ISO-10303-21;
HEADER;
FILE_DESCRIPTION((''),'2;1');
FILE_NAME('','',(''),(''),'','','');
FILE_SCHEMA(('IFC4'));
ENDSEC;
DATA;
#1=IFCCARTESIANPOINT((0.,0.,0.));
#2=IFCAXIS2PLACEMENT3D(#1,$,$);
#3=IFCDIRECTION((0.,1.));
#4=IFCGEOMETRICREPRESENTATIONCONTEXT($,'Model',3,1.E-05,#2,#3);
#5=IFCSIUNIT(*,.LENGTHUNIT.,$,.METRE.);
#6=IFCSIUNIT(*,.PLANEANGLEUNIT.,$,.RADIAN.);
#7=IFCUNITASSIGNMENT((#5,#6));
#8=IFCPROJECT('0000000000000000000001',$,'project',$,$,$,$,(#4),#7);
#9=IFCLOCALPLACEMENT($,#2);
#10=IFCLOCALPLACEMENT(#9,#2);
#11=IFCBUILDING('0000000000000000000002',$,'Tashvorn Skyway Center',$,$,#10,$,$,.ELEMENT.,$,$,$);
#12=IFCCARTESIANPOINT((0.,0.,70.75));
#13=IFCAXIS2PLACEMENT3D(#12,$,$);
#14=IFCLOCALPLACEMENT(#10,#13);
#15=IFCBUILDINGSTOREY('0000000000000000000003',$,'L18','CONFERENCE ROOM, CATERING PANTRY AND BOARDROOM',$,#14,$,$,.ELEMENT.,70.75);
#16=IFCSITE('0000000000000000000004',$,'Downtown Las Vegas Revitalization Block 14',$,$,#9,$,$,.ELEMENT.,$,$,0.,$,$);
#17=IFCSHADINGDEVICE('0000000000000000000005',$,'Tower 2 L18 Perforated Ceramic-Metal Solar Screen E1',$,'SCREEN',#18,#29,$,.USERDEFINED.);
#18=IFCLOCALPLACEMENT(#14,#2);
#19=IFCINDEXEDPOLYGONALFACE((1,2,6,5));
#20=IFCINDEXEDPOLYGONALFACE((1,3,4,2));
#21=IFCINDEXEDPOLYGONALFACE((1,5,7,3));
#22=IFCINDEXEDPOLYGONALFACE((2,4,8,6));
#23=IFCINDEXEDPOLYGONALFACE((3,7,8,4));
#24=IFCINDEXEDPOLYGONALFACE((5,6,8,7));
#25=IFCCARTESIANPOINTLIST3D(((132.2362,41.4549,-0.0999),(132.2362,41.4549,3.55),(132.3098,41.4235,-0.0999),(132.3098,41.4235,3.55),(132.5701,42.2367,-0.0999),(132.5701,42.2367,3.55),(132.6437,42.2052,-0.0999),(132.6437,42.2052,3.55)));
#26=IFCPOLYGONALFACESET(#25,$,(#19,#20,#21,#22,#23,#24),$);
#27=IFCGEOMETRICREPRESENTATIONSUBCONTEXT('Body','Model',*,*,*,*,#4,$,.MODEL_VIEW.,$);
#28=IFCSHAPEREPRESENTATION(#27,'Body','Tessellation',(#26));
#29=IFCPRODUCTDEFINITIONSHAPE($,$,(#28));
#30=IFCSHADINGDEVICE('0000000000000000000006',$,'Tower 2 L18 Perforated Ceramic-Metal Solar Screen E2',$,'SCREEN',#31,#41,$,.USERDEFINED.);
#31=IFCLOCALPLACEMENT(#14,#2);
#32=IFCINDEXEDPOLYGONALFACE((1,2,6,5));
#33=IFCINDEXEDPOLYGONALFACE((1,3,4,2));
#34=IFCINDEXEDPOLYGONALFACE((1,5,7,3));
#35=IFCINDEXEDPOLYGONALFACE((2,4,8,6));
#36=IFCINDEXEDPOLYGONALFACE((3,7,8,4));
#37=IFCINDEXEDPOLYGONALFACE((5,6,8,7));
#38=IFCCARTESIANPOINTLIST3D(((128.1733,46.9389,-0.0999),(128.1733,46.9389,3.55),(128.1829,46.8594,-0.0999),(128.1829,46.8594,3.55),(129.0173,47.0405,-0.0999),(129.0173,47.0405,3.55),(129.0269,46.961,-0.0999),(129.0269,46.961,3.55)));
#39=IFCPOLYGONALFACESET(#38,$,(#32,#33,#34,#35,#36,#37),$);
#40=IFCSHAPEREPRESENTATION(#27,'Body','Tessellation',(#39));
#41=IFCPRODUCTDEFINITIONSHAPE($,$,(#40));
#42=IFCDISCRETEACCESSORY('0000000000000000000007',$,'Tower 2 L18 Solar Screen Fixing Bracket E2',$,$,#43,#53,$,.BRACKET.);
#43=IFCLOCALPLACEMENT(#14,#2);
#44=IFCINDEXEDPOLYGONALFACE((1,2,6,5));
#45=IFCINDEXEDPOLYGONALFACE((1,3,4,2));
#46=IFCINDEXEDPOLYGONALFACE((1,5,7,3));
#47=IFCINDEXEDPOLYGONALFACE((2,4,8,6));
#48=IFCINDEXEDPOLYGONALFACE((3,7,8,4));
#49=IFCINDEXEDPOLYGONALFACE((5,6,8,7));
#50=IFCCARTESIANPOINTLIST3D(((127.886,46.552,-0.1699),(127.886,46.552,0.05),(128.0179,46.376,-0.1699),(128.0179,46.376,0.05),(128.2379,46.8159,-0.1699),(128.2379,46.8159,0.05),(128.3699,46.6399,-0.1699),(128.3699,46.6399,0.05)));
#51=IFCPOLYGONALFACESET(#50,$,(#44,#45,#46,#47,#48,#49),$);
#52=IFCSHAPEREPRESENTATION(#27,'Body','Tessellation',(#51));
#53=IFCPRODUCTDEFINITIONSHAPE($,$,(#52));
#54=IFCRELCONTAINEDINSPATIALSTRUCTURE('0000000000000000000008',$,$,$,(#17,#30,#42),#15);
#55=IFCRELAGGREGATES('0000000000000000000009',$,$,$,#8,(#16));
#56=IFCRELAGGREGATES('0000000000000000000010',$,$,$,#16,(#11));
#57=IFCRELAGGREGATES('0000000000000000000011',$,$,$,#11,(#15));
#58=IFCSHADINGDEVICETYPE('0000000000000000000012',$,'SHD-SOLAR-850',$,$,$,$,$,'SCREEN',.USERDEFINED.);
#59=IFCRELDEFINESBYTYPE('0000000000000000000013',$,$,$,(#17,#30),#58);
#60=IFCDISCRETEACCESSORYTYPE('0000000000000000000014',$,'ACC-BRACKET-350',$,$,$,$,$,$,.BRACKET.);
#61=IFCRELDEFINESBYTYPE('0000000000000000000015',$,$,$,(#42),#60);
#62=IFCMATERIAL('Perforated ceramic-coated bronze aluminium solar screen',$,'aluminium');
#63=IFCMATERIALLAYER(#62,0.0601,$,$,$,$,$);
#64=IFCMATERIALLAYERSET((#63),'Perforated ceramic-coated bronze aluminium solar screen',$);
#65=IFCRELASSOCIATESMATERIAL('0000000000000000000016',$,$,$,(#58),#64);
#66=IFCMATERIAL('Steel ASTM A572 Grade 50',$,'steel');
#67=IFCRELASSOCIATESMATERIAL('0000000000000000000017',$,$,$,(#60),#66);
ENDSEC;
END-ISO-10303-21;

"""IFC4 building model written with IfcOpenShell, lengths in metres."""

from ifc_helpers import new_model, si_unit, direction, frame, origin, origin_2d, place, context, subcontext, project, spatial, rectangle, extrude, material, layer, layer_set, type_object, element, save


model = new_model("IFC4")

# Units and contexts
model_context = context("Model", 3, precision=1e-05, world=origin(), true_north=direction((0.0, 1.0)))
body_context = subcontext(model_context, "Body", "Model", "MODEL_VIEW")
ifc_project = project(units=[si_unit("LENGTHUNIT", "METRE"), si_unit("PLANEANGLEUNIT", "RADIAN")], contexts=[model_context])

# Site, building, storey
site_placement = place(None, origin())
site = spatial("IfcSite", under=ifc_project, at=site_placement, Name="Downtown Las Vegas Revitalization Block 14", CompositionType="ELEMENT", RefElevation=0.0)
building_placement = place(site_placement, origin())
building = spatial("IfcBuilding", under=site, at=building_placement, Name="Tashvorn Skyway Center", CompositionType="ELEMENT")
storey_placement = place(building_placement, frame((0.0, 0.0, 70.75)))
storey = spatial("IfcBuildingStorey", under=building, at=storey_placement, Name="L18", Description="CONFERENCE ROOM, CATERING PANTRY AND BOARDROOM", CompositionType="ELEMENT", Elevation=70.75)

# Shared definitions
ifc_material_1 = material(Name="Steel ASTM A572 Grade 50", Category="steel")

# Shared definitions
ifc_material_2 = material(Name="Perforated ceramic-coated bronze aluminium solar screen", Category="aluminium")

# Shading devices
ifc_layer_1 = layer(ifc_material_2, 0.0601)
ifc_layer_set_1 = layer_set([ifc_layer_1], Name="Perforated ceramic-coated bronze aluminium solar screen")
shading_device_type = type_object("IfcShadingDeviceType", Name="SHD-SOLAR-850", ElementType="SCREEN", PredefinedType="USERDEFINED", material=ifc_layer_set_1)
for number, where, z_axis, x_axis, name in (
    (1, (132.4399, 41.8301, -0.0999), (0.0, 0.0, 1.0), (0.919615, -0.39282, 0.0), "Tower 2 L18 Perforated Ceramic-Metal Solar Screen E1"),
    (2, (128.6001, 46.95, -0.0999), (0.0, 0.0, 1.0), (0.119615, -0.99282, 0.0), "Tower 2 L18 Perforated Ceramic-Metal Solar Screen E2"),
):
    element("IfcShadingDevice", number, at=place(storey_placement, frame(where, z_axis=z_axis, x_axis=x_axis)), inside=storey, type_object=shading_device_type, Name=name, ObjectType="SCREEN", PredefinedType="USERDEFINED", context=body_context, shape_type="SweptSolid", body=[
        extrude(rectangle(XDim=0.0801, YDim=0.8501, at=origin_2d()), origin(), (0.0, 0.0, 1.0), 3.6499),
    ])

# Discrete accessory
discrete_accessory_type = type_object("IfcDiscreteAccessoryType", Name="ACC-BRACKET-350", PredefinedType="BRACKET", material=ifc_material_1)
discrete_accessory_placement = place(storey_placement, frame((128.1279, 46.5959, -0.1699), z_axis=(0.0, 0.0, 1.0), x_axis=(0.6, -0.8, 0.0)))
element("IfcDiscreteAccessory", 3, at=discrete_accessory_placement, inside=storey, type_object=discrete_accessory_type, Name="Tower 2 L18 Solar Screen Fixing Bracket E2", PredefinedType="BRACKET", context=body_context, shape_type="SweptSolid", body=[
    extrude(rectangle(XDim=0.22, YDim=0.4399, at=origin_2d()), origin(), (0.0, 0.0, 1.0), 0.22),
])

save(model, "model.ifc")
